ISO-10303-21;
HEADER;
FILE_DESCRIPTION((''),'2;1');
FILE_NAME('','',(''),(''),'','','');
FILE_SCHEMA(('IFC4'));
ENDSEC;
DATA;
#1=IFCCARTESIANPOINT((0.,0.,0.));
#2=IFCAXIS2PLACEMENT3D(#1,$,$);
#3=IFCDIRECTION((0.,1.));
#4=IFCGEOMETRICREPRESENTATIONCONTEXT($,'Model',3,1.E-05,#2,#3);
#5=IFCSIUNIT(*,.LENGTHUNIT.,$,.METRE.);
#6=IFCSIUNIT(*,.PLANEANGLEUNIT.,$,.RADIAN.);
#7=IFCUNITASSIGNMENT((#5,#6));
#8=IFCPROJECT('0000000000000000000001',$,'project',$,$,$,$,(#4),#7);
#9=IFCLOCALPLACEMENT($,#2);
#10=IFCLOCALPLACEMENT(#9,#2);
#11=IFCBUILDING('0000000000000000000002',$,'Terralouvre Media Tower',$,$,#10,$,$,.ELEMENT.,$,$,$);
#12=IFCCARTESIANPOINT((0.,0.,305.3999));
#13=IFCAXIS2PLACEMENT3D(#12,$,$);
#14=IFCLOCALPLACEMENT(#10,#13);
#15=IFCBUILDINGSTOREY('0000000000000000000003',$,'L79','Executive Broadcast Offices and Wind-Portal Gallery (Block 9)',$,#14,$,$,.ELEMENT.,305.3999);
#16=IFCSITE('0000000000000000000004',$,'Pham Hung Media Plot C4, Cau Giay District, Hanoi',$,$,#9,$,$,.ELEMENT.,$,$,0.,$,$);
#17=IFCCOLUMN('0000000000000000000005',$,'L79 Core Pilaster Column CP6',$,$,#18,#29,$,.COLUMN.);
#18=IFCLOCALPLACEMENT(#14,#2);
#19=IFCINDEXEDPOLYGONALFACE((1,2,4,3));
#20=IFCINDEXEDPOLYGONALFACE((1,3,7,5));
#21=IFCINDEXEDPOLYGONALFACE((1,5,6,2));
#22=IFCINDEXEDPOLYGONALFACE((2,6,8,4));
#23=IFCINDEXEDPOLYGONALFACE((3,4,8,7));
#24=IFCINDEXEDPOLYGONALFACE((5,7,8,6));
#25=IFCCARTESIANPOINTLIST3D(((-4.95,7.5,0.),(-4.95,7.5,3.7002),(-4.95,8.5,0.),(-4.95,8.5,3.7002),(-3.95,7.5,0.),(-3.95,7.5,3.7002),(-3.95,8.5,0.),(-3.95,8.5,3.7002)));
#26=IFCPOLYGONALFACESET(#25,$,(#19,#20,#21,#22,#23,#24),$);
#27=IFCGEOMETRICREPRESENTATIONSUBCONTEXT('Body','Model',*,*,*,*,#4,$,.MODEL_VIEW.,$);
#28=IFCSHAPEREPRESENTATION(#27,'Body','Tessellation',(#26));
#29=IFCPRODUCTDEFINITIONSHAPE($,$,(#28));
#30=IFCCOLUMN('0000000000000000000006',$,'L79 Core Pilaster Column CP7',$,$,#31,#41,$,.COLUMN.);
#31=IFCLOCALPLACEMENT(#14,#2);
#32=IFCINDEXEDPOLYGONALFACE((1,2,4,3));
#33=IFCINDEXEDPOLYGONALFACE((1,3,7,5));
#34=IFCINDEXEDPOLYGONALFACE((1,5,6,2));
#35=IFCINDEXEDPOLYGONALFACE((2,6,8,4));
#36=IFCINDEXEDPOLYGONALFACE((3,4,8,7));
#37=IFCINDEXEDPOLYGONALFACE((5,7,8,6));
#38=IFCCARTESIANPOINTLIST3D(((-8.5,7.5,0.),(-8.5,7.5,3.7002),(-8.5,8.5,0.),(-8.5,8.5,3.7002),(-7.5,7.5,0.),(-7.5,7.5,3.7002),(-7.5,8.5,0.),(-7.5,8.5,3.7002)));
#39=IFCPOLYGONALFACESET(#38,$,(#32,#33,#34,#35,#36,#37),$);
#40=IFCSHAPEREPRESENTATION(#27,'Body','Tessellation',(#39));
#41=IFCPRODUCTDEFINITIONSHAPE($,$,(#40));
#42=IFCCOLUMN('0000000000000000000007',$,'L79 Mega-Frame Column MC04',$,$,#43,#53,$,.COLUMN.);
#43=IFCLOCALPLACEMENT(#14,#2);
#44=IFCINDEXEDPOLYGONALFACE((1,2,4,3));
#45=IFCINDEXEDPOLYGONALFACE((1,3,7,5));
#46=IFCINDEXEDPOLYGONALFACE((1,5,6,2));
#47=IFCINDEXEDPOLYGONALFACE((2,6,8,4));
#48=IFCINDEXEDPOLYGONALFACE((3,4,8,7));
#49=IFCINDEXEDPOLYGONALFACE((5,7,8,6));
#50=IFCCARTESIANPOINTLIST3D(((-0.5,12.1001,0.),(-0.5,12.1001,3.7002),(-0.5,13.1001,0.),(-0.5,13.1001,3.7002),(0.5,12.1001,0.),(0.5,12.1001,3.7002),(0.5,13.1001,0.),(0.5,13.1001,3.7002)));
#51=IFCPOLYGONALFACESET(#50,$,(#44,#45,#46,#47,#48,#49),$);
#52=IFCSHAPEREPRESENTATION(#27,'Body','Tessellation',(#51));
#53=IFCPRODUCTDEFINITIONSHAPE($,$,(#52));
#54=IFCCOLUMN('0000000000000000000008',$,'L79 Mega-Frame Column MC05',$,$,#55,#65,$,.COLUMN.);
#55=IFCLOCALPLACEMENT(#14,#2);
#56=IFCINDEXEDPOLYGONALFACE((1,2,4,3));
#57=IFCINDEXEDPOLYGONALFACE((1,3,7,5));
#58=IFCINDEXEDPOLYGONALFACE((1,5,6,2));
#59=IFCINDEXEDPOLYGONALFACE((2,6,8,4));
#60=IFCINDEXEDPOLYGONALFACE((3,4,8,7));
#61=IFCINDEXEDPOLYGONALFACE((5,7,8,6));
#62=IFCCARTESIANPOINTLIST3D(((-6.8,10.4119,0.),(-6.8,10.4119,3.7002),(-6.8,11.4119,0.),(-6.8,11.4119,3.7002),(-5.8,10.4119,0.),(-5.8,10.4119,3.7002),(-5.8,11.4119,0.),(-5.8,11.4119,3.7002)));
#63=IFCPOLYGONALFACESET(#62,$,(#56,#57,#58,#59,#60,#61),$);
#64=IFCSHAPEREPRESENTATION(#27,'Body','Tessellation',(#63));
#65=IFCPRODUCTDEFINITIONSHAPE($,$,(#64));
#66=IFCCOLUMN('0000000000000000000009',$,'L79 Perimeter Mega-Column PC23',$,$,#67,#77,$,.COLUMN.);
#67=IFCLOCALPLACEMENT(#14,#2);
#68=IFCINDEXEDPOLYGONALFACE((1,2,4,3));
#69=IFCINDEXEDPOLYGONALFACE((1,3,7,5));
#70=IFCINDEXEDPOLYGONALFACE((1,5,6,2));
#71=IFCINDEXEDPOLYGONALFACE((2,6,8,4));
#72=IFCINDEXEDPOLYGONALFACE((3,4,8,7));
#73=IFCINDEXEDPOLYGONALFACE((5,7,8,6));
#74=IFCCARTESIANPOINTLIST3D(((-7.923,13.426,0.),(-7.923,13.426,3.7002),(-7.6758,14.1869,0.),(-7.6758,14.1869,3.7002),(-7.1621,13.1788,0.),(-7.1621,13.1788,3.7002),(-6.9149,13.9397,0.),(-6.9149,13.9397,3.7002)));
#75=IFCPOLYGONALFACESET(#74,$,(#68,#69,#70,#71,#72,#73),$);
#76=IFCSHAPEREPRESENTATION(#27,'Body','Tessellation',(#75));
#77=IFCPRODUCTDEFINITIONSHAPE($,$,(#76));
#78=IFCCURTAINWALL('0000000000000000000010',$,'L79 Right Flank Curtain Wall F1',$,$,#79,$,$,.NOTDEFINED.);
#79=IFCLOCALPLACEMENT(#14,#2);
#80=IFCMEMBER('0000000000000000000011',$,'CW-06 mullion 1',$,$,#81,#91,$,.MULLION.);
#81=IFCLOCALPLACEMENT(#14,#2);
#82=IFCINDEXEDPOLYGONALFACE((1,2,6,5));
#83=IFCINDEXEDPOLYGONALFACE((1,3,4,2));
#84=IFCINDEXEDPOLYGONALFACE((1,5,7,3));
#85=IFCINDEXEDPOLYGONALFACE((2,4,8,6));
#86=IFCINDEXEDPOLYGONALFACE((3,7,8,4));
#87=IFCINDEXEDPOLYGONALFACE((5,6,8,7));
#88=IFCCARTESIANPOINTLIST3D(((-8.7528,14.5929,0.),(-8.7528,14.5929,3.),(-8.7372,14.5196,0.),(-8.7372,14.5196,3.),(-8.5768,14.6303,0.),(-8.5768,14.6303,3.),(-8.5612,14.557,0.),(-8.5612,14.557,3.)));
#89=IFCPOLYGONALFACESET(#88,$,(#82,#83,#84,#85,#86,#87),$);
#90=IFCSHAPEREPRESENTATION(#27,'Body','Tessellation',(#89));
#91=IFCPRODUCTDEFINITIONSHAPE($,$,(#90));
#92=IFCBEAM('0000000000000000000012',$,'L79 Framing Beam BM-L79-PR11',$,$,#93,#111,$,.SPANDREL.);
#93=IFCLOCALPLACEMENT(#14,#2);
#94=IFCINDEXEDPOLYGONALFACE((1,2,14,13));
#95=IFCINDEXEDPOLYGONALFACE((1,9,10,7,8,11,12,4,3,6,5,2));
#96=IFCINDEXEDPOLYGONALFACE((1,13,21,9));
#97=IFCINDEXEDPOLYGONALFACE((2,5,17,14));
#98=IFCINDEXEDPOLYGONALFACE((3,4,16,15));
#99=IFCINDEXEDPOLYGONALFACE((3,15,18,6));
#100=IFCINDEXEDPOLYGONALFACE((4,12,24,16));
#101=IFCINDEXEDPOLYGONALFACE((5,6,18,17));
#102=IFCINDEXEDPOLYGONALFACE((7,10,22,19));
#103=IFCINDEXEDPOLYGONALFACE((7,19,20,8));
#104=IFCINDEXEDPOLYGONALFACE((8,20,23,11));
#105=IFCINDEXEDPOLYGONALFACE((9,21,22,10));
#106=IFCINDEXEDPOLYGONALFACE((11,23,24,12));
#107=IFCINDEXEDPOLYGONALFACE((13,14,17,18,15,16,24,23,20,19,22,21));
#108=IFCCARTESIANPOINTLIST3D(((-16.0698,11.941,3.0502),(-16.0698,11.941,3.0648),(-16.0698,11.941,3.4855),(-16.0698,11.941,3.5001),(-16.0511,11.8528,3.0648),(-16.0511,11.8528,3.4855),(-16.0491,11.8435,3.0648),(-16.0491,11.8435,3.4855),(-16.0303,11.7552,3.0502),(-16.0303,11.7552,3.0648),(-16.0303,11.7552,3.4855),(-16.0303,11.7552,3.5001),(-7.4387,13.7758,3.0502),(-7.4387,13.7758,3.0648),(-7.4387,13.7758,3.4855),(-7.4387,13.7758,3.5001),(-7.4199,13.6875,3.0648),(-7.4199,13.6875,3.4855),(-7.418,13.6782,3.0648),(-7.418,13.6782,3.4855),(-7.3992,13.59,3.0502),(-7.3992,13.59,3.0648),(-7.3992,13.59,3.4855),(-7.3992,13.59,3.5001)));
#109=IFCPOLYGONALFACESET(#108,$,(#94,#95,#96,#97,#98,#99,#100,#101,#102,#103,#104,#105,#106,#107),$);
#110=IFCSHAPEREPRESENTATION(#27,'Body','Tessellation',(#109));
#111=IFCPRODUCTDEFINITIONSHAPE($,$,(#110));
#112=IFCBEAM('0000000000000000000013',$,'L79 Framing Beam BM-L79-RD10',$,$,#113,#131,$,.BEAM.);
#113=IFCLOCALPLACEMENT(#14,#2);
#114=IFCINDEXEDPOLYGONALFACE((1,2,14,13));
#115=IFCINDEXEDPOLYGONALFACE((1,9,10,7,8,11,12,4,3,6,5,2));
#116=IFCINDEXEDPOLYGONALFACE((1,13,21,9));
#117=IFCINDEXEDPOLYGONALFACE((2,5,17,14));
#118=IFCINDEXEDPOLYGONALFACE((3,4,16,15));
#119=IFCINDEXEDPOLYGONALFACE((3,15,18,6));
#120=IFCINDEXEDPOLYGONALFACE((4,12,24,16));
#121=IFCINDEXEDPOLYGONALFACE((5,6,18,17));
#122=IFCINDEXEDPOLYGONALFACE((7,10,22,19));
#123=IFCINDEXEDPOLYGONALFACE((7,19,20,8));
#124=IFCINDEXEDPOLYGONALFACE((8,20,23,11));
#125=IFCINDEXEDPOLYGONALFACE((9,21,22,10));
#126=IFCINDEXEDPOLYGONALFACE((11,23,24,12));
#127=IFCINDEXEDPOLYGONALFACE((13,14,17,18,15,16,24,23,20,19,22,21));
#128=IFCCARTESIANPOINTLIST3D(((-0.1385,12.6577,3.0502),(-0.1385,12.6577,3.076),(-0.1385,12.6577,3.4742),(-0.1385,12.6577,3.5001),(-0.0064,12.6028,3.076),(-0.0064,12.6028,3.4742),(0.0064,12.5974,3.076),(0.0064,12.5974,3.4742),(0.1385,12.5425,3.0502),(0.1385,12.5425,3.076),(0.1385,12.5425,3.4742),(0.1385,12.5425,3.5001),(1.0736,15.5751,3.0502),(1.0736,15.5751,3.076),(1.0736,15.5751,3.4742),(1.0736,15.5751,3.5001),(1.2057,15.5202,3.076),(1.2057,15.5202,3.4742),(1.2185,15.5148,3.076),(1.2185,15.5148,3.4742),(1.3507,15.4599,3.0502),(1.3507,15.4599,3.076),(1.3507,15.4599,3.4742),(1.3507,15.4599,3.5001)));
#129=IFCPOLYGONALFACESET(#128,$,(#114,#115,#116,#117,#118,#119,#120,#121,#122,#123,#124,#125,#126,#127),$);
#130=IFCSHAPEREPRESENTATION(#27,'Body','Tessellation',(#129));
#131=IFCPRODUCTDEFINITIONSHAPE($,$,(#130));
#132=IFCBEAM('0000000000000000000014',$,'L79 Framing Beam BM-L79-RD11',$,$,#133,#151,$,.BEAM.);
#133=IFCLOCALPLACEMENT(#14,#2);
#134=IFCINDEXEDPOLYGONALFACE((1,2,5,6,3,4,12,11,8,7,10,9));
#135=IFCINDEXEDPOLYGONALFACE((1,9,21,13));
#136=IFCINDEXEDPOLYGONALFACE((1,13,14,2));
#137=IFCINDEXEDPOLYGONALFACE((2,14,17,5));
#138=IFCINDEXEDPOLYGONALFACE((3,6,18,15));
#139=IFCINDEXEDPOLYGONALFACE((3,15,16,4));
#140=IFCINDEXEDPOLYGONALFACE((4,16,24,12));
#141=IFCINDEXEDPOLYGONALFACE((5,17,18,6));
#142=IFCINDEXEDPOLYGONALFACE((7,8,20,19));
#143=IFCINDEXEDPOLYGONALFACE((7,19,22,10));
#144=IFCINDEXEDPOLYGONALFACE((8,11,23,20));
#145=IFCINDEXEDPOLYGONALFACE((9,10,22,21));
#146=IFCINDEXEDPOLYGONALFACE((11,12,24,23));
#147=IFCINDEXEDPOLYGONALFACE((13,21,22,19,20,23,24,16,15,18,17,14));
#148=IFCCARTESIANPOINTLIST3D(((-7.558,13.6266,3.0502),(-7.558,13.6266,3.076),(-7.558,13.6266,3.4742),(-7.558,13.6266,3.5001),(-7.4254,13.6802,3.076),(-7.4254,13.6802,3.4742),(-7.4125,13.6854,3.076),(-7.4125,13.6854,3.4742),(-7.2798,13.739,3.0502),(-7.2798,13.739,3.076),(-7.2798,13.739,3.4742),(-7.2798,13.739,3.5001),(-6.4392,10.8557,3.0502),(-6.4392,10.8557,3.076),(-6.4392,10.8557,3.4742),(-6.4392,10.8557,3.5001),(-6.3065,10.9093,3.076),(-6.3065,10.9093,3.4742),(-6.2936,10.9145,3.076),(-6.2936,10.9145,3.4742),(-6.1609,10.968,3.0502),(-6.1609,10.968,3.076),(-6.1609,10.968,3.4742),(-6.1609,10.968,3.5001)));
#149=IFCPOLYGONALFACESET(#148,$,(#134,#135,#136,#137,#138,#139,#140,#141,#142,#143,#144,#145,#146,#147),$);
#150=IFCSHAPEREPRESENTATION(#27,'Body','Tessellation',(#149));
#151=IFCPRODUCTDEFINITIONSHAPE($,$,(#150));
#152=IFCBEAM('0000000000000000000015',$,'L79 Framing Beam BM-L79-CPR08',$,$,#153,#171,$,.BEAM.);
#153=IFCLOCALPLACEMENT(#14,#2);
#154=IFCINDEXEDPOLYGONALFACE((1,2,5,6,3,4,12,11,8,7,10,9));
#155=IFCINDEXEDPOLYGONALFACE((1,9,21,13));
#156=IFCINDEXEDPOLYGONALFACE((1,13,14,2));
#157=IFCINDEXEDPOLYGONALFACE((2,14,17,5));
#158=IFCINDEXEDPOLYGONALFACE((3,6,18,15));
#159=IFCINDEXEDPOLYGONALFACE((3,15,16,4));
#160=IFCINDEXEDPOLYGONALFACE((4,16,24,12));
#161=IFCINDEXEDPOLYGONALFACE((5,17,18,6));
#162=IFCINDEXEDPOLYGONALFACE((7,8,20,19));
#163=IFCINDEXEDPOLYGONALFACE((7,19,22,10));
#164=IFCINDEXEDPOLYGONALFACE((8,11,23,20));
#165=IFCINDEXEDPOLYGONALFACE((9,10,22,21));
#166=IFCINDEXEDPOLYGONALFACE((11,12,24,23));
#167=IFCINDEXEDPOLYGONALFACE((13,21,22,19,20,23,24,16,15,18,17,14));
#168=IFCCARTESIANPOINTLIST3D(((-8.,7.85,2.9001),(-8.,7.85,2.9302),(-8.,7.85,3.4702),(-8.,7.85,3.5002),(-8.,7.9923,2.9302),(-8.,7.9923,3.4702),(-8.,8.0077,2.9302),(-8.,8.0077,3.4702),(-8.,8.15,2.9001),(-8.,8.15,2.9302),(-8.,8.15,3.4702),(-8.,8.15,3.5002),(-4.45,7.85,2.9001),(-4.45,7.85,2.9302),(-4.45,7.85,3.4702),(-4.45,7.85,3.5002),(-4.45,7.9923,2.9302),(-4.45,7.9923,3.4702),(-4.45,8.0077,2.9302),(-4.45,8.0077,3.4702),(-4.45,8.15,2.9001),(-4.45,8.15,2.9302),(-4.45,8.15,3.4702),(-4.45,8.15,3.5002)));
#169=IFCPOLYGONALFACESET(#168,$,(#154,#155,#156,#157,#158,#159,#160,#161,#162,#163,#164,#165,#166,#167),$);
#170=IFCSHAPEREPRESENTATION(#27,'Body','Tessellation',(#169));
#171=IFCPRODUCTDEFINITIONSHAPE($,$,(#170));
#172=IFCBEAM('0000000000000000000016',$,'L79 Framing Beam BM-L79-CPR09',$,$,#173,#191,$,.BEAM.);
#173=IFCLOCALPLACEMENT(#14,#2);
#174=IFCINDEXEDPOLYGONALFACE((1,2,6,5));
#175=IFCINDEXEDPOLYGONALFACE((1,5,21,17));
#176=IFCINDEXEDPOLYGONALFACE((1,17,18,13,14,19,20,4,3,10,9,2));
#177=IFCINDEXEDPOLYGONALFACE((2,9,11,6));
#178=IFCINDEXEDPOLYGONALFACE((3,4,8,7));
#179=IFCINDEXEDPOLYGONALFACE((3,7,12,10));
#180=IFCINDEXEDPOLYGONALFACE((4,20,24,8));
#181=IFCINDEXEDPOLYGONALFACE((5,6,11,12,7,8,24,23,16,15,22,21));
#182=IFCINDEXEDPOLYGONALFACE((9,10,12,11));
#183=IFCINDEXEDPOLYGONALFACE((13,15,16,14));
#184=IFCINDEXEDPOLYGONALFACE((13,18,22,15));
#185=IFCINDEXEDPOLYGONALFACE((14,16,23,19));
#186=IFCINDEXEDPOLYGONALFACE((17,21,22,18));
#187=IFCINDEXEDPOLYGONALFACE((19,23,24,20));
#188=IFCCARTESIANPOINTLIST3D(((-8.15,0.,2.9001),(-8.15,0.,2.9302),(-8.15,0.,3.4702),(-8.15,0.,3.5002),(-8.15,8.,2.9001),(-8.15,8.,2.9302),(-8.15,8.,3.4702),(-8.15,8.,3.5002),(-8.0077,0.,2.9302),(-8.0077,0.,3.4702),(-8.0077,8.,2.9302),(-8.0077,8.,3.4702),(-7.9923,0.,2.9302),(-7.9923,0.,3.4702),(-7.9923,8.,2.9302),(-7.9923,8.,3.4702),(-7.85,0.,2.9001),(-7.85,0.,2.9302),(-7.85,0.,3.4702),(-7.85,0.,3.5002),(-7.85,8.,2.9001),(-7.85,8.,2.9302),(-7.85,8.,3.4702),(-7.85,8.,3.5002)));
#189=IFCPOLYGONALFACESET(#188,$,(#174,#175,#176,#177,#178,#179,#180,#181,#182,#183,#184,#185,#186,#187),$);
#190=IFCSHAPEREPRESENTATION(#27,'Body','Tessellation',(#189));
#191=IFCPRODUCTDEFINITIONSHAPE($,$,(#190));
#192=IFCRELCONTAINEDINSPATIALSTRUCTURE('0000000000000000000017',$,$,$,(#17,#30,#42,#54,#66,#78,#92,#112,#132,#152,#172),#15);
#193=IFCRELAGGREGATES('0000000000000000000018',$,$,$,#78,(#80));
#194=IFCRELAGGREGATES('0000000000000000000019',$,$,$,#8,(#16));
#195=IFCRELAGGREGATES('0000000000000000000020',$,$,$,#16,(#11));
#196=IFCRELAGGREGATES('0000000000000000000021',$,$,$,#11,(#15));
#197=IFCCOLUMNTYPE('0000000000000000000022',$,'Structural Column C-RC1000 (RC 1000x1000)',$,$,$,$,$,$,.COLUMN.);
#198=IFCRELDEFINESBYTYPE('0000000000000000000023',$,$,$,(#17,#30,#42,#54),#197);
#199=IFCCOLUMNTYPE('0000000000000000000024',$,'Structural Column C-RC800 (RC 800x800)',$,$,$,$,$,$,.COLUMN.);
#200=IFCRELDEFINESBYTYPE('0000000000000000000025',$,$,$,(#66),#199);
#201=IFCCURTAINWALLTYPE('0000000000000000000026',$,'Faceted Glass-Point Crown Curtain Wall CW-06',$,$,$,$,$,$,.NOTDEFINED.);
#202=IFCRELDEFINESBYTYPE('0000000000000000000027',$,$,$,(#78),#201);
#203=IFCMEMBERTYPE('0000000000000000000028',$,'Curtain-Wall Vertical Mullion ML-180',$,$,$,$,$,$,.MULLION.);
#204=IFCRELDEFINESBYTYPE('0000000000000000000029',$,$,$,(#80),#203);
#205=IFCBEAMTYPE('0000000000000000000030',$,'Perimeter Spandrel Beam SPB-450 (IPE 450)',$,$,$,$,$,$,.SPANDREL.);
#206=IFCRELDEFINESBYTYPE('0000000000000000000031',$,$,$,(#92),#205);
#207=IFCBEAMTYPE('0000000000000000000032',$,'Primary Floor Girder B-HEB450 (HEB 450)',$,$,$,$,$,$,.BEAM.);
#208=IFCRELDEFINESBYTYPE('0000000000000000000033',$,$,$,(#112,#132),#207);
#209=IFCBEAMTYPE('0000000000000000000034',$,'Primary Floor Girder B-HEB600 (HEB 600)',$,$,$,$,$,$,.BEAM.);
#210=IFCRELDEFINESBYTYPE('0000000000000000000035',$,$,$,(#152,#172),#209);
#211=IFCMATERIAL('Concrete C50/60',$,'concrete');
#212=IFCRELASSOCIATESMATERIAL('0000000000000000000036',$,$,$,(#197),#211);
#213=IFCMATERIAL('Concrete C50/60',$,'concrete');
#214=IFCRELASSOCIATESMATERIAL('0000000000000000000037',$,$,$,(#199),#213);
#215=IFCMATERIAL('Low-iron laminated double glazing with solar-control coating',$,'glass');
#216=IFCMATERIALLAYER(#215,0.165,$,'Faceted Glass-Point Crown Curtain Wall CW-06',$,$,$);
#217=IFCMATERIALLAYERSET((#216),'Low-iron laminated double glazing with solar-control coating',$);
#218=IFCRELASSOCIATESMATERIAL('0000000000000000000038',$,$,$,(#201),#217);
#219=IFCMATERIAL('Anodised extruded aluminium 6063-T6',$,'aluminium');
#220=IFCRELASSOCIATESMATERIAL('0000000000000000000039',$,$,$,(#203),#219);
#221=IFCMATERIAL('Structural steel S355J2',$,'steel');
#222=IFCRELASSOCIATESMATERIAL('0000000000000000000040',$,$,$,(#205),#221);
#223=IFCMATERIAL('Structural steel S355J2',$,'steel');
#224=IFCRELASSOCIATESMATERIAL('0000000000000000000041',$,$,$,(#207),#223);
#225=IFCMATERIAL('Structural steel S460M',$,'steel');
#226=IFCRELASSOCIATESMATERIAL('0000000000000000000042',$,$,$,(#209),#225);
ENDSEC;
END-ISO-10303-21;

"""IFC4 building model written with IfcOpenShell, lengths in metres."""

from ifc_helpers import new_model, si_unit, direction, frame, origin, origin_2d, place, context, subcontext, project, spatial, rectangle, i_section, extrude, material, layer, layer_set, material_profile, profile_set, type_object, element, aggregate, save


model = new_model("IFC4")

# Units and contexts
model_context = context("Model", 3, precision=1e-05, world=origin(), true_north=direction((0.0, 1.0)))
body_context = subcontext(model_context, "Body", "Model", "MODEL_VIEW")
ifc_project = project(units=[si_unit("LENGTHUNIT", "METRE"), si_unit("PLANEANGLEUNIT", "RADIAN")], contexts=[model_context])

# Site, building, storey
site_placement = place(None, origin())
site = spatial("IfcSite", under=ifc_project, at=site_placement, Name="Pham Hung Media Plot C4, Cau Giay District, Hanoi", CompositionType="ELEMENT", RefElevation=0.0)
building_placement = place(site_placement, origin())
building = spatial("IfcBuilding", under=site, at=building_placement, Name="Terralouvre Media Tower", CompositionType="ELEMENT")
storey_placement = place(building_placement, frame((0.0, 0.0, 305.3999)))
storey = spatial("IfcBuildingStorey", under=building, at=storey_placement, Name="L79", Description="Executive Broadcast Offices and Wind-Portal Gallery (Block 9)", CompositionType="ELEMENT", Elevation=305.3999)

# Columns
ifc_material_1 = material(Name="Concrete C50/60", Category="concrete")
ifc_material_profile_1 = material_profile(ifc_material_1, rectangle(XDim=1.0, YDim=1.0, at=origin_2d()), Name="RC 1000x1000")
ifc_profile_set_1 = profile_set([ifc_material_profile_1], Name="Concrete C50/60")
column_type_1 = type_object("IfcColumnType", Name="Structural Column C-RC1000 (RC 1000x1000)", PredefinedType="COLUMN", material=ifc_profile_set_1)
for number, where, z_axis, x_axis, name in (
    (1, (-4.45, 8.0, 0.0), (0.0, 0.0, 1.0), (1.0, 0.0, 0.0), "L79 Core Pilaster Column CP6"),
    (2, (-8.0, 8.0, 0.0), (0.0, 0.0, 1.0), (1.0, 0.0, 0.0), "L79 Core Pilaster Column CP7"),
    (3, (0.0, 12.6001, 0.0), (0.0, 0.0, 1.0), (1.0, 0.0, 0.0), "L79 Mega-Frame Column MC04"),
    (4, (-6.3, 10.9119, 0.0), (0.0, 0.0, 1.0), (1.0, 0.0, 0.0), "L79 Mega-Frame Column MC05"),
):
    element("IfcColumn", number, at=place(storey_placement, frame(where, z_axis=z_axis, x_axis=x_axis)), inside=storey, type_object=column_type_1, Name=name, PredefinedType="COLUMN", context=body_context, shape_type="SweptSolid", body=[
        extrude(rectangle(XDim=1.0, YDim=1.0, at=origin_2d()), origin(), (0.0, 0.0, 1.0), 3.7002),
    ])
ifc_material_2 = material(Name="Concrete C50/60", Category="concrete")
ifc_material_profile_2 = material_profile(ifc_material_2, rectangle(XDim=0.8, YDim=0.8, at=origin_2d()), Name="RC 800x800")
ifc_profile_set_2 = profile_set([ifc_material_profile_2], Name="Concrete C50/60")
column_type_2 = type_object("IfcColumnType", Name="Structural Column C-RC800 (RC 800x800)", PredefinedType="COLUMN", material=ifc_profile_set_2)
column_placement = place(storey_placement, frame((-7.4189, 13.6829, 0.0), z_axis=(0.0, 0.0, 1.0), x_axis=(0.309017, 0.951057, 0.0)))
element("IfcColumn", 5, at=column_placement, inside=storey, type_object=column_type_2, Name="L79 Perimeter Mega-Column PC23", PredefinedType="COLUMN", context=body_context, shape_type="SweptSolid", body=[
    extrude(rectangle(XDim=0.8, YDim=0.8, at=origin_2d()), origin(), (0.0, 0.0, 1.0), 3.7002),
])

# Curtain wall, member
ifc_material_3 = material(Name="Low-iron laminated double glazing with solar-control coating", Category="glass")
ifc_layer_1 = layer(ifc_material_3, 0.165, Name="Faceted Glass-Point Crown Curtain Wall CW-06")
ifc_layer_set_1 = layer_set([ifc_layer_1], Name="Low-iron laminated double glazing with solar-control coating")
curtain_wall_type = type_object("IfcCurtainWallType", Name="Faceted Glass-Point Crown Curtain Wall CW-06", PredefinedType="NOTDEFINED", material=ifc_layer_set_1)
curtain_wall_placement = place(storey_placement, origin())
curtain_wall = element("IfcCurtainWall", 6, at=curtain_wall_placement, inside=storey, type_object=curtain_wall_type, Name="L79 Right Flank Curtain Wall F1", PredefinedType="NOTDEFINED")
ifc_material_4 = material(Name="Anodised extruded aluminium 6063-T6", Category="aluminium")
ifc_material_profile_3 = material_profile(ifc_material_4, rectangle(XDim=0.075, YDim=0.1799, at=origin_2d()), Name="ALU 75x180")
ifc_profile_set_3 = profile_set([ifc_material_profile_3], Name="Anodised extruded aluminium 6063-T6")
member_type = type_object("IfcMemberType", Name="Curtain-Wall Vertical Mullion ML-180", PredefinedType="MULLION", material=ifc_profile_set_3)
member_placement = place(storey_placement, frame((-8.657, 14.575, 0.0), z_axis=(0.0, 0.0, 1.0), x_axis=(0.207911, -0.978148, 0.0)))
member = element("IfcMember", 7, at=member_placement, type_object=member_type, Name="CW-06 mullion 1", PredefinedType="MULLION", context=body_context, shape_type="SweptSolid", body=[
    extrude(rectangle(XDim=0.075, YDim=0.1799, at=origin_2d()), origin(), (0.0, 0.0, 1.0), 3.0),
])
aggregate(curtain_wall, [member])

# Beams
ifc_material_5 = material(Name="Structural steel S355J2", Category="steel")
ifc_material_profile_4 = material_profile(ifc_material_5, i_section(OverallWidth=0.1899, OverallDepth=0.45, WebThickness=0.0095, FlangeThickness=0.0146, at=origin_2d()), Name="IPE 450")
ifc_profile_set_4 = profile_set([ifc_material_profile_4], Name="Structural steel S355J2")
beam_type_1 = type_object("IfcBeamType", Name="Perimeter Spandrel Beam SPB-450 (IPE 450)", PredefinedType="SPANDREL", material=ifc_profile_set_4)
beam_1_placement = place(storey_placement, frame((-7.4189, 13.6829, 3.2751), z_axis=(-0.978145, -0.207925, 0.0), x_axis=(0.207925, -0.978145, 0.0)))
element("IfcBeam", 8, at=beam_1_placement, inside=storey, type_object=beam_type_1, Name="L79 Framing Beam BM-L79-PR11", PredefinedType="SPANDREL", context=body_context, shape_type="SweptSolid", body=[
    extrude(i_section(OverallWidth=0.1899, OverallDepth=0.45, WebThickness=0.0095, FlangeThickness=0.0146, at=origin_2d()), origin(), (0.0, 0.0, 1.0), 8.824),
])
ifc_material_6 = material(Name="Structural steel S355J2", Category="steel")
ifc_material_profile_5 = material_profile(ifc_material_6, i_section(OverallWidth=0.3, OverallDepth=0.45, WebThickness=0.0139, FlangeThickness=0.0259, at=origin_2d()), Name="HEB 450")
ifc_profile_set_5 = profile_set([ifc_material_profile_5], Name="Structural steel S355J2")
beam_type_2 = type_object("IfcBeamType", Name="Primary Floor Girder B-HEB450 (HEB 450)", PredefinedType="BEAM", material=ifc_profile_set_5)
beam_2_placement = place(storey_placement, frame((0.0, 12.6001, 3.2751), z_axis=(0.383682, 0.923465, 0.0), x_axis=(-0.923465, 0.383682, 0.0)))
element("IfcBeam", 9, at=beam_2_placement, inside=storey, type_object=beam_type_2, Name="L79 Framing Beam BM-L79-RD10", PredefinedType="BEAM", context=body_context, shape_type="SweptSolid", body=[
    extrude(i_section(OverallWidth=0.3, OverallDepth=0.45, WebThickness=0.0139, FlangeThickness=0.0259, at=origin_2d()), origin(), (0.0, 0.0, 1.0), 3.1592),
])
beam_3_placement = place(storey_placement, frame((-6.3, 10.9119, 3.2751), z_axis=(-0.374417, 0.92726, 0.0), x_axis=(-0.92726, -0.374417, 0.0)))
element("IfcBeam", 10, at=beam_3_placement, inside=storey, type_object=beam_type_2, Name="L79 Framing Beam BM-L79-RD11", PredefinedType="BEAM", context=body_context, shape_type="SweptSolid", body=[
    extrude(i_section(OverallWidth=0.3, OverallDepth=0.45, WebThickness=0.0139, FlangeThickness=0.0259, at=origin_2d()), origin(), (0.0, 0.0, 1.0), 2.9883),
])
ifc_material_7 = material(Name="Structural steel S460M", Category="steel")
ifc_material_profile_6 = material_profile(ifc_material_7, i_section(OverallWidth=0.3, OverallDepth=0.6001, WebThickness=0.0154, FlangeThickness=0.03, at=origin_2d()), Name="HEB 600")
ifc_profile_set_6 = profile_set([ifc_material_profile_6], Name="Structural steel S460M")
beam_type_3 = type_object("IfcBeamType", Name="Primary Floor Girder B-HEB600 (HEB 600)", PredefinedType="BEAM", material=ifc_profile_set_6)
beam_4_placement = place(storey_placement, frame((-4.45, 8.0, 3.2002), z_axis=(-1.0, 0.0, 0.0), x_axis=(0.0, -1.0, 0.0)))
element("IfcBeam", 11, at=beam_4_placement, inside=storey, type_object=beam_type_3, Name="L79 Framing Beam BM-L79-CPR08", PredefinedType="BEAM", context=body_context, shape_type="SweptSolid", body=[
    extrude(i_section(OverallWidth=0.3, OverallDepth=0.6001, WebThickness=0.0154, FlangeThickness=0.03, at=origin_2d()), origin(), (0.0, 0.0, 1.0), 3.55),
])
beam_5_placement = place(storey_placement, frame((-8.0, 8.0, 3.2002), z_axis=(0.0, -1.0, 0.0), x_axis=(1.0, 0.0, 0.0)))
element("IfcBeam", 12, at=beam_5_placement, inside=storey, type_object=beam_type_3, Name="L79 Framing Beam BM-L79-CPR09", PredefinedType="BEAM", context=body_context, shape_type="SweptSolid", body=[
    extrude(i_section(OverallWidth=0.3, OverallDepth=0.6001, WebThickness=0.0154, FlangeThickness=0.03, at=origin_2d()), origin(), (0.0, 0.0, 1.0), 8.0),
])

save(model, "model.ifc")
